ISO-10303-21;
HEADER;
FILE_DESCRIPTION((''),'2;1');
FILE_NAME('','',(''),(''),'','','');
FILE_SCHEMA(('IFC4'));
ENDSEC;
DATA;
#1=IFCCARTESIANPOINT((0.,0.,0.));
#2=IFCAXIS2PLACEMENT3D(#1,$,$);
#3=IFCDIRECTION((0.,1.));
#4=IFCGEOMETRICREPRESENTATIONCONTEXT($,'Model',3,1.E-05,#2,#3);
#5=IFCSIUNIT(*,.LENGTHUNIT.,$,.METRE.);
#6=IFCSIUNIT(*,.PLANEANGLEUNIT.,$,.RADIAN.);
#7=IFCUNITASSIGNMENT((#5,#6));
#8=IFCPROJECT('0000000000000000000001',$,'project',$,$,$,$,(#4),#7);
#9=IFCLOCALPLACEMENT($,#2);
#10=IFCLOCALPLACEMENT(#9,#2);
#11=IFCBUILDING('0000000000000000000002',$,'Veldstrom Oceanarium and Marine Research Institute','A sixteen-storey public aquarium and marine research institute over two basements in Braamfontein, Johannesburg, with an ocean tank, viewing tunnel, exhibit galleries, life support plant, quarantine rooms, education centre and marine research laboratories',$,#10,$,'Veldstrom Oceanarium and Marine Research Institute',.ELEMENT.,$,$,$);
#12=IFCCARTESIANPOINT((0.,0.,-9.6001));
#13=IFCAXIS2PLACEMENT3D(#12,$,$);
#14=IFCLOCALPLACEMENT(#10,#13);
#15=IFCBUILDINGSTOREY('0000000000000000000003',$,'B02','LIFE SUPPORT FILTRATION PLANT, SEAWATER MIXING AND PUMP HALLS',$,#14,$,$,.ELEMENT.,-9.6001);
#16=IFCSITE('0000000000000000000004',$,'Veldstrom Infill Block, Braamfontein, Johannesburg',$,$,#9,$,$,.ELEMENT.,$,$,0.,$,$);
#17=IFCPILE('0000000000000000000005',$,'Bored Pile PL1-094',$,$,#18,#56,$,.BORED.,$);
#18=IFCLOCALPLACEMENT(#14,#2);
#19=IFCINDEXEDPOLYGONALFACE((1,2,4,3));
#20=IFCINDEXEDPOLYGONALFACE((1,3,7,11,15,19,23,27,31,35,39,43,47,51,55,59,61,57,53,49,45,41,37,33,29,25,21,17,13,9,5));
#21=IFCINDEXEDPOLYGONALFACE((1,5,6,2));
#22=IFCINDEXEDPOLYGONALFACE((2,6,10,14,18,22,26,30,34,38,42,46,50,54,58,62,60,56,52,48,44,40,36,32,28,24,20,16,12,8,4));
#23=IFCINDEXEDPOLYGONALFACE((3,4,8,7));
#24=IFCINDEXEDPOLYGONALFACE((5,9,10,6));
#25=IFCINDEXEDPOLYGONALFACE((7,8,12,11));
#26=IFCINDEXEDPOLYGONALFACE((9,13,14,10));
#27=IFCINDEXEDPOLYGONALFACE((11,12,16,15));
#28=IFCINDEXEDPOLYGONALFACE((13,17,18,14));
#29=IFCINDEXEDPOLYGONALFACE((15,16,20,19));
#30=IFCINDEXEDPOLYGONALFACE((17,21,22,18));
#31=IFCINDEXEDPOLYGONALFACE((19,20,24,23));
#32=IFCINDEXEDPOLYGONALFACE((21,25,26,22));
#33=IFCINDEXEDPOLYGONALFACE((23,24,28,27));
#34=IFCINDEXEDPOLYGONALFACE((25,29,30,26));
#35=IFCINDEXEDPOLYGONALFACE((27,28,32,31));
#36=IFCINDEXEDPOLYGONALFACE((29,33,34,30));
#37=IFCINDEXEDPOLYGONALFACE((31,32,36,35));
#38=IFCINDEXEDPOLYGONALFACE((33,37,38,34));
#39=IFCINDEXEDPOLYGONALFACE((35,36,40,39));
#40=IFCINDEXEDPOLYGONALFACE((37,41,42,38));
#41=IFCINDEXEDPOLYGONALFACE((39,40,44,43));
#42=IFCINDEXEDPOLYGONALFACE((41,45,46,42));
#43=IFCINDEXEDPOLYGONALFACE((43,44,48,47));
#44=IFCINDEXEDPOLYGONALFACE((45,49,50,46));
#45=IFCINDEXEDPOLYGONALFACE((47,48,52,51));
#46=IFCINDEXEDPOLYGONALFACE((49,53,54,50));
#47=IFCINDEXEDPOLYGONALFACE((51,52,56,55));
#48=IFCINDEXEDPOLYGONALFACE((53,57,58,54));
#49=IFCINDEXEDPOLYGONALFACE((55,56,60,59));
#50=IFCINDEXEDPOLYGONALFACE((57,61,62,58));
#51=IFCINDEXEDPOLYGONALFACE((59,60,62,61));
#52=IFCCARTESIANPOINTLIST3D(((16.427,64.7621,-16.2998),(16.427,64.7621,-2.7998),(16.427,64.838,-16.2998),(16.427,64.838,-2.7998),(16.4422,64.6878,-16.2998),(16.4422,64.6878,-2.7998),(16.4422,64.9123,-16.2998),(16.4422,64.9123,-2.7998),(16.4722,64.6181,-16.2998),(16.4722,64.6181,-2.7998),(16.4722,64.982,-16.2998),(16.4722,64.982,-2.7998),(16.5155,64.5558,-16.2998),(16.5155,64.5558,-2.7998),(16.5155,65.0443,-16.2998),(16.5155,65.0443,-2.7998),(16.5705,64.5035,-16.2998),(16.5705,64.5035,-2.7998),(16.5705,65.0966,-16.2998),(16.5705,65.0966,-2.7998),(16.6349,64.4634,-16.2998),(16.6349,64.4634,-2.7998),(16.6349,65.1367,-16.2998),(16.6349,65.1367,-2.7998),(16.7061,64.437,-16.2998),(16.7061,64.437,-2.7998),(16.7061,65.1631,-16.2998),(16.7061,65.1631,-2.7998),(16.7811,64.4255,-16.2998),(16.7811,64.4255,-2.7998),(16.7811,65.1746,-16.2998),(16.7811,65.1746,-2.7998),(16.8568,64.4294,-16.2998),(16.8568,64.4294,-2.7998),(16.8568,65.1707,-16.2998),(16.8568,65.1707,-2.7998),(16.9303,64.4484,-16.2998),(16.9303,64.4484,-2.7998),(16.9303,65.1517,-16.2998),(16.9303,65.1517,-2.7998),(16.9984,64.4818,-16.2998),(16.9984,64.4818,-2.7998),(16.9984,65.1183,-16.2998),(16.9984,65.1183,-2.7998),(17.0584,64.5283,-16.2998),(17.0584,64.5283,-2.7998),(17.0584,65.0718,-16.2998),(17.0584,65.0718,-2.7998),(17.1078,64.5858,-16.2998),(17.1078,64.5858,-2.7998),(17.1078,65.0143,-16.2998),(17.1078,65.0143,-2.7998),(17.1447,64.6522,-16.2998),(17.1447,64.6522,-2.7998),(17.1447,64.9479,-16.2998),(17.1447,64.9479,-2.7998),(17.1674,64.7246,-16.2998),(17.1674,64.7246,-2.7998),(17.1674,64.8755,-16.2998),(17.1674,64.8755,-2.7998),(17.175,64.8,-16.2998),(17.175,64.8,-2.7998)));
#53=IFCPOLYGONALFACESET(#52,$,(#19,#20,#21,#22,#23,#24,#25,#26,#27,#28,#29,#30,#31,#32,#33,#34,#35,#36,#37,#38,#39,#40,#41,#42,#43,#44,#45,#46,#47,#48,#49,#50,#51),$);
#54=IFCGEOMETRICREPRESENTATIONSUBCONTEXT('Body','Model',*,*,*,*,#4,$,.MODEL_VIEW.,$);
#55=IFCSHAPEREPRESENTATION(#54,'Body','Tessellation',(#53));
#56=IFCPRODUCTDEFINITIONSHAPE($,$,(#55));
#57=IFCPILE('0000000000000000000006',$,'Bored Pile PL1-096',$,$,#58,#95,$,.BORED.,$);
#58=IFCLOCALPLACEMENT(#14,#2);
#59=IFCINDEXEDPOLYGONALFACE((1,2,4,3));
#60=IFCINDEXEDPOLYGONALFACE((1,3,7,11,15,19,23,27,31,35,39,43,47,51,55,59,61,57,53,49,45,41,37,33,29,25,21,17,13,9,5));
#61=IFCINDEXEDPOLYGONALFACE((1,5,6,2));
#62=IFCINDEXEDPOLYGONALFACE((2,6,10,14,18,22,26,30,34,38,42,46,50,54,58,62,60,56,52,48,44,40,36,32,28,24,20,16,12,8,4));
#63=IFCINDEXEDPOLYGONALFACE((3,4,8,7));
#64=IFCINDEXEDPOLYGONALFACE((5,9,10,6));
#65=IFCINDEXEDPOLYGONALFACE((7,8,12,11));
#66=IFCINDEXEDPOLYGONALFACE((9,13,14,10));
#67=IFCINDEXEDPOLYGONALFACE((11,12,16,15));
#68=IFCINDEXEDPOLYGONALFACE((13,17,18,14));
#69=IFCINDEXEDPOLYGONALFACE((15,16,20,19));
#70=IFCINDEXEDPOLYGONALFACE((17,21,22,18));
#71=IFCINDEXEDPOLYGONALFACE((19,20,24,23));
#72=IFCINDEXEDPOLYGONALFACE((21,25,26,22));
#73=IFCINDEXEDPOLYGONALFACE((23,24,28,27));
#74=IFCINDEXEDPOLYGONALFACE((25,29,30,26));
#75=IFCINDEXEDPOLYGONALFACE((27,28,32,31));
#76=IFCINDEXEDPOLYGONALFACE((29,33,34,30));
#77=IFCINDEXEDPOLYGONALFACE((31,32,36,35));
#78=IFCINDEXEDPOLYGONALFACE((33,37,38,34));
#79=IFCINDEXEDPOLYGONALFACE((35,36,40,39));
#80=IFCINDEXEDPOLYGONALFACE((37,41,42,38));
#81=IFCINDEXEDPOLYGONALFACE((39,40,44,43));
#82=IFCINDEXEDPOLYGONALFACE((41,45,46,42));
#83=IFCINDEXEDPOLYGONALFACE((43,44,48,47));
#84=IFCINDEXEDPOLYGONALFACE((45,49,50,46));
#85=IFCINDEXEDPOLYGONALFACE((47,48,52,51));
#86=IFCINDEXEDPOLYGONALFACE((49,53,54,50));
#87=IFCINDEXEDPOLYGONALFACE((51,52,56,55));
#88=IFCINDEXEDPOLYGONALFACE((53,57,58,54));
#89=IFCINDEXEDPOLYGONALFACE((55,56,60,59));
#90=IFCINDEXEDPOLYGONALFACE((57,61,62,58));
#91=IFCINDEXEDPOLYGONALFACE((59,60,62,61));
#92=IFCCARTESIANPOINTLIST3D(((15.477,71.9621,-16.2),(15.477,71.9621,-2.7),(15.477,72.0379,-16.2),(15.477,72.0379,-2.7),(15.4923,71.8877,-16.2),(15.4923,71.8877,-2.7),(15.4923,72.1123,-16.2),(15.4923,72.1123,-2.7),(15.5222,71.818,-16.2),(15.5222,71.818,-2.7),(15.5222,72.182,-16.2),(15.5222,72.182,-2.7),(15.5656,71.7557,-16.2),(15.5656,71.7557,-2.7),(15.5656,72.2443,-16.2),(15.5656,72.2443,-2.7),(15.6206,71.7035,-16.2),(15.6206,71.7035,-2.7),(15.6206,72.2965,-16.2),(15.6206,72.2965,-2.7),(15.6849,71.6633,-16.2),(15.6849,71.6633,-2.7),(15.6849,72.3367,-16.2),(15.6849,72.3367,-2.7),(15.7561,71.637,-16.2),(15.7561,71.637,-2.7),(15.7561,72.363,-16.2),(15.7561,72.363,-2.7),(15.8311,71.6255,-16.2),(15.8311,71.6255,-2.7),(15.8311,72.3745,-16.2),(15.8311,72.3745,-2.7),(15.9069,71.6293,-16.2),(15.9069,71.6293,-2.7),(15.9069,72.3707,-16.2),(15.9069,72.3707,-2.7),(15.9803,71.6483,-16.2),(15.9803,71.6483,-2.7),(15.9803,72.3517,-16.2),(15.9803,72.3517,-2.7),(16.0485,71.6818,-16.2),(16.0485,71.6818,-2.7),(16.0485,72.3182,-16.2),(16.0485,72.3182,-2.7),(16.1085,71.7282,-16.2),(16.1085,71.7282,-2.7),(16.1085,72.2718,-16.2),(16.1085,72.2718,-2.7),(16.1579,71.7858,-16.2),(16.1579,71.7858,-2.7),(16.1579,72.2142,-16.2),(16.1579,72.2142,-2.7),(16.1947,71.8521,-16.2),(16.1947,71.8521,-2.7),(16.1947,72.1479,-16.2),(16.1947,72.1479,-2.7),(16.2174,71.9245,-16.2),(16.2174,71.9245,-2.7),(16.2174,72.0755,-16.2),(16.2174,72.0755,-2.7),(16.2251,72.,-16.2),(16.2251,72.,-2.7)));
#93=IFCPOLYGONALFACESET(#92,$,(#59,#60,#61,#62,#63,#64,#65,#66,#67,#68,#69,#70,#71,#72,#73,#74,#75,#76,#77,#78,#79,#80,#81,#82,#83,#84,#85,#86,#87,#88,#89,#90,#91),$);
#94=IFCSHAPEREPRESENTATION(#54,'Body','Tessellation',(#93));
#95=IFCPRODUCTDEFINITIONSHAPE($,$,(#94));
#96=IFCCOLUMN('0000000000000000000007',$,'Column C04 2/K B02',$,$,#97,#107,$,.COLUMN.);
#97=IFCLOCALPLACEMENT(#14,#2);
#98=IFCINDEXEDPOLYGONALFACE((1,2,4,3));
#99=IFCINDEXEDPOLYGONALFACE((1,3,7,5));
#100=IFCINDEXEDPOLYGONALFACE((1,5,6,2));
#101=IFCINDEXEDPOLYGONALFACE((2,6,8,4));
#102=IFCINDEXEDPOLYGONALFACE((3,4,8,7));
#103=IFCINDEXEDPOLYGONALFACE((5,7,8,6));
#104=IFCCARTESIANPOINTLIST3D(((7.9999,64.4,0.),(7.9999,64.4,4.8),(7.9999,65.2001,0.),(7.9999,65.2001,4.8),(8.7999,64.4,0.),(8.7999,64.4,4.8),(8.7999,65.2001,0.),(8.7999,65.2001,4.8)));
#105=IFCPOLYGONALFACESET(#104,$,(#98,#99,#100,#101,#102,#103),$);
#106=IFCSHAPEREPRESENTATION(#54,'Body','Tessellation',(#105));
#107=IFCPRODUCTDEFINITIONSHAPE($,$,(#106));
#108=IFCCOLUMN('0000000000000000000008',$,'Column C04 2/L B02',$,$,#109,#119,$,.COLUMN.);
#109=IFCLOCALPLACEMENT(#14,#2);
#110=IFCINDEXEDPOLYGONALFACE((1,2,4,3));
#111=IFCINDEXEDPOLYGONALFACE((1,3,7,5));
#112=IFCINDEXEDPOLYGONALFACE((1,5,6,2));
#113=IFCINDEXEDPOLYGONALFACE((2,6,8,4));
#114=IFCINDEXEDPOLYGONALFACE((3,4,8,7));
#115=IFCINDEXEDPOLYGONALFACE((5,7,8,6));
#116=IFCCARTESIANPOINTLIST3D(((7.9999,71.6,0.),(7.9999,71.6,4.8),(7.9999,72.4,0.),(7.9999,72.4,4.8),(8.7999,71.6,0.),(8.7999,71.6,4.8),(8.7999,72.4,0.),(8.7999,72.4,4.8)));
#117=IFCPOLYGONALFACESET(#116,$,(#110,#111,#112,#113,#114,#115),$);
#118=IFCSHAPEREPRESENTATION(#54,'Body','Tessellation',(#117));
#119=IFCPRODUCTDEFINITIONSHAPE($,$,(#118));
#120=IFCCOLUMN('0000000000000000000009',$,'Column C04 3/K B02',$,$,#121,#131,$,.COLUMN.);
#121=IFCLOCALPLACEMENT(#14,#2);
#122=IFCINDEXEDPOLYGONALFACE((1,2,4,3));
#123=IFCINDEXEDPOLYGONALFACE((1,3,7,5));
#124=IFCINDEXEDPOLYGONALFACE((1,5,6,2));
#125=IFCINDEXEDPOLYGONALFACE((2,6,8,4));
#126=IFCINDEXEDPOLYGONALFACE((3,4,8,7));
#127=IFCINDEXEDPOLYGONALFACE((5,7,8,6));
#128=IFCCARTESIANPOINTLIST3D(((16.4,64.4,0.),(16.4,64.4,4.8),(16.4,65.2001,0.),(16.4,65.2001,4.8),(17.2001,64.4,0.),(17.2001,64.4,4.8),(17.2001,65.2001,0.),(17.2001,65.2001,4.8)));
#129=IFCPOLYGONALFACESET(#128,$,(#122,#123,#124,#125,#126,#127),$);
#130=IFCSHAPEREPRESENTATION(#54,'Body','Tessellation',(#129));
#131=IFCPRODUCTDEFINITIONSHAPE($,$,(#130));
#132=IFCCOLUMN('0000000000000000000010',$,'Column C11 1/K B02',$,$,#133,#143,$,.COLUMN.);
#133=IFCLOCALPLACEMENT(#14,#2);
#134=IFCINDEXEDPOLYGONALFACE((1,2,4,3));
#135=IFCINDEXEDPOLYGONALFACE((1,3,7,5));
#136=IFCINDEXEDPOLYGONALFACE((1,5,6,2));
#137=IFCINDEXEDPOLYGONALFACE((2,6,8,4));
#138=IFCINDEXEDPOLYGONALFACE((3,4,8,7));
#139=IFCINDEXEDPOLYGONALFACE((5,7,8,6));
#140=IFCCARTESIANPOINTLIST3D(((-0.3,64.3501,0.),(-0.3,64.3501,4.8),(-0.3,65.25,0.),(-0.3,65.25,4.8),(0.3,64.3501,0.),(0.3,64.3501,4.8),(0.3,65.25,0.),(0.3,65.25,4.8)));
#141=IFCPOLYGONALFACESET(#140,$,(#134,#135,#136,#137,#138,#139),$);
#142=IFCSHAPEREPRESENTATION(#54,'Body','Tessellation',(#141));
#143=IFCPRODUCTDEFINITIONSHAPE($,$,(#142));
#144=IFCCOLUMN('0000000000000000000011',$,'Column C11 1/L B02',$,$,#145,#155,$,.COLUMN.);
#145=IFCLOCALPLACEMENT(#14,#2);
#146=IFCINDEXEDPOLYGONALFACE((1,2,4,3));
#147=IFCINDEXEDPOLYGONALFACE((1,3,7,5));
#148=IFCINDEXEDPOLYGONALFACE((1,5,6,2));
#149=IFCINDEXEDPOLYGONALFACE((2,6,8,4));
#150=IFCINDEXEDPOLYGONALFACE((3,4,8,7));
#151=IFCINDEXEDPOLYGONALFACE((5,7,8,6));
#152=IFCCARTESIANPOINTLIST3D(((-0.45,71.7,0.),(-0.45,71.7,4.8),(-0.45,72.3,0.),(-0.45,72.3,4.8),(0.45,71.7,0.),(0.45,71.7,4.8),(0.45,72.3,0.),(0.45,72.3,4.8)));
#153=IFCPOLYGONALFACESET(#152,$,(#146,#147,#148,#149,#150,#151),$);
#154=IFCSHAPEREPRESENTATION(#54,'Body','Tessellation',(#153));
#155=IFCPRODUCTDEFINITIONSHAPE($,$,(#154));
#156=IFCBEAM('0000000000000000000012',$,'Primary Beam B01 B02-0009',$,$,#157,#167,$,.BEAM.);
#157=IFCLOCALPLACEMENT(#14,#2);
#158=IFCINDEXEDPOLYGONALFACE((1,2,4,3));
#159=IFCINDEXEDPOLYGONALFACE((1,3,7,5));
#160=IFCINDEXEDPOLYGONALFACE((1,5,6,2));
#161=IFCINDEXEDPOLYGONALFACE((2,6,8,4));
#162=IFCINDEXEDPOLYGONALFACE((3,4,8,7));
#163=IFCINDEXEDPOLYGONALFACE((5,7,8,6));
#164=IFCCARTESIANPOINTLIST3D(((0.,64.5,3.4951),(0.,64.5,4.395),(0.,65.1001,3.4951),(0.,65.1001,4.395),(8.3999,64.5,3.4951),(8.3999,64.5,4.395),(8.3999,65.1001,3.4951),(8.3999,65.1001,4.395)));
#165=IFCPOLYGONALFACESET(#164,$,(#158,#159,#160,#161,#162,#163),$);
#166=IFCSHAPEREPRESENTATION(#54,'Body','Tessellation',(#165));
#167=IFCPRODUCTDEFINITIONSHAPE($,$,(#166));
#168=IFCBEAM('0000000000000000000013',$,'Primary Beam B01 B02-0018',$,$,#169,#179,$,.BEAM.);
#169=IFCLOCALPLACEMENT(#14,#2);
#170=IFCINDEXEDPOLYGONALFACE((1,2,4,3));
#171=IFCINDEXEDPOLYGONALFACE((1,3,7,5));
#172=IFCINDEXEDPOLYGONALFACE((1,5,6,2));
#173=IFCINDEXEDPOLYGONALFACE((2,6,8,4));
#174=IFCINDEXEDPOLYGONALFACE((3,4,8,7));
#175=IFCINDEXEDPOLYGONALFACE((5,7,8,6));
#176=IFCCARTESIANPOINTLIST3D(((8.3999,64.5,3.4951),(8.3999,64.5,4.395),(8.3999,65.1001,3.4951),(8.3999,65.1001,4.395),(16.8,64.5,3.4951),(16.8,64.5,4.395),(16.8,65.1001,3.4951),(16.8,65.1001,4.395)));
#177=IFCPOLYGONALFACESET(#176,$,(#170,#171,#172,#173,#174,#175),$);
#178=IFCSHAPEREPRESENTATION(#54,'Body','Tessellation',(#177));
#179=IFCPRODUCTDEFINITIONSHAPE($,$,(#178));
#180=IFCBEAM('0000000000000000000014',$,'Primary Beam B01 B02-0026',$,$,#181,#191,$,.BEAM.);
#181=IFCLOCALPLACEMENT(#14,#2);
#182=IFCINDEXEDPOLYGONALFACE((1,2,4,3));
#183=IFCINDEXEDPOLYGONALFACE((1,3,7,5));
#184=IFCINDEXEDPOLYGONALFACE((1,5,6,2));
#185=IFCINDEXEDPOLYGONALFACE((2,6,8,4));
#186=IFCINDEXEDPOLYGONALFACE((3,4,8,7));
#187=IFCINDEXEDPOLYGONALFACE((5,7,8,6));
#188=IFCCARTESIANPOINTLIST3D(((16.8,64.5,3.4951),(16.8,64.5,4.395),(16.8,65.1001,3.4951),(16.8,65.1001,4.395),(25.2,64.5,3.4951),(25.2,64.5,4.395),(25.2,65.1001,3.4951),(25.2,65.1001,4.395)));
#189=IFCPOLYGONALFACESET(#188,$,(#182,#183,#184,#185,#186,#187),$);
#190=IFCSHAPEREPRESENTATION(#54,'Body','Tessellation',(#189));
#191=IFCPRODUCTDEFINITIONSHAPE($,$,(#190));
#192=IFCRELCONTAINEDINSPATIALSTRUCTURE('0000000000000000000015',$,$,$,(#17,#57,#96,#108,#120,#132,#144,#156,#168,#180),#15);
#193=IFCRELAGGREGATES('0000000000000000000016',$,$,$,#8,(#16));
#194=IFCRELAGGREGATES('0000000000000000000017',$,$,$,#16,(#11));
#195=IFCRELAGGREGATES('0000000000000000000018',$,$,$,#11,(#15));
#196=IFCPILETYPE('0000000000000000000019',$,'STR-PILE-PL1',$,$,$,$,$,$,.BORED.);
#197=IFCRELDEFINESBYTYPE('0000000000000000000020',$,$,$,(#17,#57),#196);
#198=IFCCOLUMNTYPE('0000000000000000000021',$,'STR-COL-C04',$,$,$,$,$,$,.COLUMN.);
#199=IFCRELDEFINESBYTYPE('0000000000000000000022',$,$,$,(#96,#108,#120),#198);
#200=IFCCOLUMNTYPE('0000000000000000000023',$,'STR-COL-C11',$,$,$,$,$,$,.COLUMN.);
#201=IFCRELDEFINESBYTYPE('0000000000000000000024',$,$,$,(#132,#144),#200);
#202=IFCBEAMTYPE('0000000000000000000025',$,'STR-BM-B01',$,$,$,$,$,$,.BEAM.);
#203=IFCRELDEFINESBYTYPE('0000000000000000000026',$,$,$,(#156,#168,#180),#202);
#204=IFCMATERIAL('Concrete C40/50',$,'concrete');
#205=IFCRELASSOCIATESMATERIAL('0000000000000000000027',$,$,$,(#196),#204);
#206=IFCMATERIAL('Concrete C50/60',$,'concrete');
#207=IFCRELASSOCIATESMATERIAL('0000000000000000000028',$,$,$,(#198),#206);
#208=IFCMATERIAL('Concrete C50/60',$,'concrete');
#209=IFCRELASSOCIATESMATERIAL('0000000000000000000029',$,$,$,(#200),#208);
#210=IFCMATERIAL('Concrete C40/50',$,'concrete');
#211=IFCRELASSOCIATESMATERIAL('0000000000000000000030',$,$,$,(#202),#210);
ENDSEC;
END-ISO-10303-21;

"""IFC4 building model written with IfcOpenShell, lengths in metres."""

from ifc_helpers import new_model, si_unit, direction, frame, origin, origin_2d, place, context, subcontext, project, spatial, rectangle, circle, extrude, material, material_profile, profile_set, type_object, element, save


model = new_model("IFC4")

# Units and contexts
model_context = context("Model", 3, precision=1e-05, world=origin(), true_north=direction((0.0, 1.0)))
body_context = subcontext(model_context, "Body", "Model", "MODEL_VIEW")
ifc_project = project(units=[si_unit("LENGTHUNIT", "METRE"), si_unit("PLANEANGLEUNIT", "RADIAN")], contexts=[model_context])

# Site, building, storey
site_placement = place(None, origin())
site = spatial("IfcSite", under=ifc_project, at=site_placement, Name="Veldstrom Infill Block, Braamfontein, Johannesburg", CompositionType="ELEMENT", RefElevation=0.0)
building_placement = place(site_placement, origin())
building = spatial("IfcBuilding", under=site, at=building_placement, Name="Veldstrom Oceanarium and Marine Research Institute", Description="A sixteen-storey public aquarium and marine research institute over two basements in Braamfontein, Johannesburg, with an ocean tank, viewing tunnel, exhibit galleries, life support plant, quarantine rooms, education centre and marine research laboratories", LongName="Veldstrom Oceanarium and Marine Research Institute", CompositionType="ELEMENT")
storey_placement = place(building_placement, frame((0.0, 0.0, -9.6001)))
storey = spatial("IfcBuildingStorey", under=building, at=storey_placement, Name="B02", Description="LIFE SUPPORT FILTRATION PLANT, SEAWATER MIXING AND PUMP HALLS", CompositionType="ELEMENT", Elevation=-9.6001)

# Piles
ifc_material_1 = material(Name="Concrete C40/50", Category="concrete")
ifc_material_profile_1 = material_profile(ifc_material_1, circle(Radius=0.375, at=origin_2d()), Name="PILE-D750")
ifc_profile_set_1 = profile_set([ifc_material_profile_1], Name="Concrete C40/50")
pile_type = type_object("IfcPileType", Name="STR-PILE-PL1", PredefinedType="BORED", material=ifc_profile_set_1)
for number, where, z_axis, x_axis, name in (
    (1, (16.8, 64.8, -2.7998), (0.0, 0.0, -1.0), (1.0, 0.0, 0.0), "Bored Pile PL1-094"),
    (2, (15.8501, 72.0, -2.7), (0.0, 0.0, -1.0), (1.0, 0.0, 0.0), "Bored Pile PL1-096"),
):
    element("IfcPile", number, at=place(storey_placement, frame(where, z_axis=z_axis, x_axis=x_axis)), inside=storey, type_object=pile_type, Name=name, PredefinedType="BORED", context=body_context, shape_type="SweptSolid", body=[
        extrude(circle(Radius=0.375, at=origin_2d()), origin(), (0.0, 0.0, 1.0), 13.5),
    ])

# Columns
ifc_material_2 = material(Name="Concrete C50/60", Category="concrete")
ifc_material_profile_2 = material_profile(ifc_material_2, rectangle(XDim=0.8, YDim=0.8, at=origin_2d()), Name="RC-COL-800x800")
ifc_profile_set_2 = profile_set([ifc_material_profile_2], Name="Concrete C50/60")
column_type_1 = type_object("IfcColumnType", Name="STR-COL-C04", PredefinedType="COLUMN", material=ifc_profile_set_2)
for number, where, z_axis, x_axis, name in (
    (3, (8.3999, 64.8, 0.0), (0.0, 0.0, 1.0), (1.0, 0.0, 0.0), "Column C04 2/K B02"),
    (4, (8.3999, 72.0, 0.0), (0.0, 0.0, 1.0), (1.0, 0.0, 0.0), "Column C04 2/L B02"),
    (5, (16.8, 64.8, 0.0), (0.0, 0.0, 1.0), (1.0, 0.0, 0.0), "Column C04 3/K B02"),
):
    element("IfcColumn", number, at=place(storey_placement, frame(where, z_axis=z_axis, x_axis=x_axis)), inside=storey, type_object=column_type_1, Name=name, PredefinedType="COLUMN", context=body_context, shape_type="SweptSolid", body=[
        extrude(rectangle(XDim=0.8, YDim=0.8, at=origin_2d()), origin(), (0.0, 0.0, 1.0), 4.8),
    ])
ifc_material_3 = material(Name="Concrete C50/60", Category="concrete")
ifc_material_profile_3 = material_profile(ifc_material_3, rectangle(XDim=0.6001, YDim=0.8999, at=origin_2d()), Name="RC-COL-900x600")
ifc_profile_set_3 = profile_set([ifc_material_profile_3], Name="Concrete C50/60")
column_type_2 = type_object("IfcColumnType", Name="STR-COL-C11", PredefinedType="COLUMN", material=ifc_profile_set_3)
for number, where, z_axis, x_axis, name in (
    (6, (0.0, 64.8, 0.0), (0.0, 0.0, 1.0), (1.0, 0.0, 0.0), "Column C11 1/K B02"),
    (7, (0.0, 72.0, 0.0), (0.0, 0.0, 1.0), (0.0, 1.0, 0.0), "Column C11 1/L B02"),
):
    element("IfcColumn", number, at=place(storey_placement, frame(where, z_axis=z_axis, x_axis=x_axis)), inside=storey, type_object=column_type_2, Name=name, PredefinedType="COLUMN", context=body_context, shape_type="SweptSolid", body=[
        extrude(rectangle(XDim=0.6001, YDim=0.8999, at=origin_2d()), origin(), (0.0, 0.0, 1.0), 4.8),
    ])

# Beams
ifc_material_4 = material(Name="Concrete C40/50", Category="concrete")
ifc_material_profile_4 = material_profile(ifc_material_4, rectangle(XDim=0.6001, YDim=0.8999, at=origin_2d()), Name="RC-BM-600x900")
ifc_profile_set_4 = profile_set([ifc_material_profile_4], Name="Concrete C40/50")
beam_type_1 = type_object("IfcBeamType", Name="STR-BM-B01", PredefinedType="BEAM", material=ifc_profile_set_4)
beam_1_placement = place(storey_placement, frame((0.0, 64.8, 3.9451), z_axis=(1.0, 0.0, 0.0), x_axis=(0.0, 1.0, 0.0)))
element("IfcBeam", 8, at=beam_1_placement, inside=storey, type_object=beam_type_1, Name="Primary Beam B01 B02-0009", PredefinedType="BEAM", context=body_context, shape_type="SweptSolid", body=[
    extrude(rectangle(XDim=0.6001, YDim=0.8999, at=origin_2d()), origin(), (0.0, 0.0, 1.0), 8.3999),
])
beam_2_placement = place(storey_placement, frame((8.3999, 64.8, 3.9451), z_axis=(1.0, 0.0, 0.0), x_axis=(0.0, 1.0, 0.0)))
element("IfcBeam", 9, at=beam_2_placement, inside=storey, type_object=beam_type_1, Name="Primary Beam B01 B02-0018", PredefinedType="BEAM", context=body_context, shape_type="SweptSolid", body=[
    extrude(rectangle(XDim=0.6001, YDim=0.8999, at=origin_2d()), origin(), (0.0, 0.0, 1.0), 8.4001),
])
beam_3_placement = place(storey_placement, frame((16.8, 64.8, 3.9451), z_axis=(1.0, 0.0, 0.0), x_axis=(0.0, 1.0, 0.0)))
element("IfcBeam", 10, at=beam_3_placement, inside=storey, type_object=beam_type_1, Name="Primary Beam B01 B02-0026", PredefinedType="BEAM", context=body_context, shape_type="SweptSolid", body=[
    extrude(rectangle(XDim=0.6001, YDim=0.8999, at=origin_2d()), origin(), (0.0, 0.0, 1.0), 8.3999),
])

save(model, "model.ifc")
